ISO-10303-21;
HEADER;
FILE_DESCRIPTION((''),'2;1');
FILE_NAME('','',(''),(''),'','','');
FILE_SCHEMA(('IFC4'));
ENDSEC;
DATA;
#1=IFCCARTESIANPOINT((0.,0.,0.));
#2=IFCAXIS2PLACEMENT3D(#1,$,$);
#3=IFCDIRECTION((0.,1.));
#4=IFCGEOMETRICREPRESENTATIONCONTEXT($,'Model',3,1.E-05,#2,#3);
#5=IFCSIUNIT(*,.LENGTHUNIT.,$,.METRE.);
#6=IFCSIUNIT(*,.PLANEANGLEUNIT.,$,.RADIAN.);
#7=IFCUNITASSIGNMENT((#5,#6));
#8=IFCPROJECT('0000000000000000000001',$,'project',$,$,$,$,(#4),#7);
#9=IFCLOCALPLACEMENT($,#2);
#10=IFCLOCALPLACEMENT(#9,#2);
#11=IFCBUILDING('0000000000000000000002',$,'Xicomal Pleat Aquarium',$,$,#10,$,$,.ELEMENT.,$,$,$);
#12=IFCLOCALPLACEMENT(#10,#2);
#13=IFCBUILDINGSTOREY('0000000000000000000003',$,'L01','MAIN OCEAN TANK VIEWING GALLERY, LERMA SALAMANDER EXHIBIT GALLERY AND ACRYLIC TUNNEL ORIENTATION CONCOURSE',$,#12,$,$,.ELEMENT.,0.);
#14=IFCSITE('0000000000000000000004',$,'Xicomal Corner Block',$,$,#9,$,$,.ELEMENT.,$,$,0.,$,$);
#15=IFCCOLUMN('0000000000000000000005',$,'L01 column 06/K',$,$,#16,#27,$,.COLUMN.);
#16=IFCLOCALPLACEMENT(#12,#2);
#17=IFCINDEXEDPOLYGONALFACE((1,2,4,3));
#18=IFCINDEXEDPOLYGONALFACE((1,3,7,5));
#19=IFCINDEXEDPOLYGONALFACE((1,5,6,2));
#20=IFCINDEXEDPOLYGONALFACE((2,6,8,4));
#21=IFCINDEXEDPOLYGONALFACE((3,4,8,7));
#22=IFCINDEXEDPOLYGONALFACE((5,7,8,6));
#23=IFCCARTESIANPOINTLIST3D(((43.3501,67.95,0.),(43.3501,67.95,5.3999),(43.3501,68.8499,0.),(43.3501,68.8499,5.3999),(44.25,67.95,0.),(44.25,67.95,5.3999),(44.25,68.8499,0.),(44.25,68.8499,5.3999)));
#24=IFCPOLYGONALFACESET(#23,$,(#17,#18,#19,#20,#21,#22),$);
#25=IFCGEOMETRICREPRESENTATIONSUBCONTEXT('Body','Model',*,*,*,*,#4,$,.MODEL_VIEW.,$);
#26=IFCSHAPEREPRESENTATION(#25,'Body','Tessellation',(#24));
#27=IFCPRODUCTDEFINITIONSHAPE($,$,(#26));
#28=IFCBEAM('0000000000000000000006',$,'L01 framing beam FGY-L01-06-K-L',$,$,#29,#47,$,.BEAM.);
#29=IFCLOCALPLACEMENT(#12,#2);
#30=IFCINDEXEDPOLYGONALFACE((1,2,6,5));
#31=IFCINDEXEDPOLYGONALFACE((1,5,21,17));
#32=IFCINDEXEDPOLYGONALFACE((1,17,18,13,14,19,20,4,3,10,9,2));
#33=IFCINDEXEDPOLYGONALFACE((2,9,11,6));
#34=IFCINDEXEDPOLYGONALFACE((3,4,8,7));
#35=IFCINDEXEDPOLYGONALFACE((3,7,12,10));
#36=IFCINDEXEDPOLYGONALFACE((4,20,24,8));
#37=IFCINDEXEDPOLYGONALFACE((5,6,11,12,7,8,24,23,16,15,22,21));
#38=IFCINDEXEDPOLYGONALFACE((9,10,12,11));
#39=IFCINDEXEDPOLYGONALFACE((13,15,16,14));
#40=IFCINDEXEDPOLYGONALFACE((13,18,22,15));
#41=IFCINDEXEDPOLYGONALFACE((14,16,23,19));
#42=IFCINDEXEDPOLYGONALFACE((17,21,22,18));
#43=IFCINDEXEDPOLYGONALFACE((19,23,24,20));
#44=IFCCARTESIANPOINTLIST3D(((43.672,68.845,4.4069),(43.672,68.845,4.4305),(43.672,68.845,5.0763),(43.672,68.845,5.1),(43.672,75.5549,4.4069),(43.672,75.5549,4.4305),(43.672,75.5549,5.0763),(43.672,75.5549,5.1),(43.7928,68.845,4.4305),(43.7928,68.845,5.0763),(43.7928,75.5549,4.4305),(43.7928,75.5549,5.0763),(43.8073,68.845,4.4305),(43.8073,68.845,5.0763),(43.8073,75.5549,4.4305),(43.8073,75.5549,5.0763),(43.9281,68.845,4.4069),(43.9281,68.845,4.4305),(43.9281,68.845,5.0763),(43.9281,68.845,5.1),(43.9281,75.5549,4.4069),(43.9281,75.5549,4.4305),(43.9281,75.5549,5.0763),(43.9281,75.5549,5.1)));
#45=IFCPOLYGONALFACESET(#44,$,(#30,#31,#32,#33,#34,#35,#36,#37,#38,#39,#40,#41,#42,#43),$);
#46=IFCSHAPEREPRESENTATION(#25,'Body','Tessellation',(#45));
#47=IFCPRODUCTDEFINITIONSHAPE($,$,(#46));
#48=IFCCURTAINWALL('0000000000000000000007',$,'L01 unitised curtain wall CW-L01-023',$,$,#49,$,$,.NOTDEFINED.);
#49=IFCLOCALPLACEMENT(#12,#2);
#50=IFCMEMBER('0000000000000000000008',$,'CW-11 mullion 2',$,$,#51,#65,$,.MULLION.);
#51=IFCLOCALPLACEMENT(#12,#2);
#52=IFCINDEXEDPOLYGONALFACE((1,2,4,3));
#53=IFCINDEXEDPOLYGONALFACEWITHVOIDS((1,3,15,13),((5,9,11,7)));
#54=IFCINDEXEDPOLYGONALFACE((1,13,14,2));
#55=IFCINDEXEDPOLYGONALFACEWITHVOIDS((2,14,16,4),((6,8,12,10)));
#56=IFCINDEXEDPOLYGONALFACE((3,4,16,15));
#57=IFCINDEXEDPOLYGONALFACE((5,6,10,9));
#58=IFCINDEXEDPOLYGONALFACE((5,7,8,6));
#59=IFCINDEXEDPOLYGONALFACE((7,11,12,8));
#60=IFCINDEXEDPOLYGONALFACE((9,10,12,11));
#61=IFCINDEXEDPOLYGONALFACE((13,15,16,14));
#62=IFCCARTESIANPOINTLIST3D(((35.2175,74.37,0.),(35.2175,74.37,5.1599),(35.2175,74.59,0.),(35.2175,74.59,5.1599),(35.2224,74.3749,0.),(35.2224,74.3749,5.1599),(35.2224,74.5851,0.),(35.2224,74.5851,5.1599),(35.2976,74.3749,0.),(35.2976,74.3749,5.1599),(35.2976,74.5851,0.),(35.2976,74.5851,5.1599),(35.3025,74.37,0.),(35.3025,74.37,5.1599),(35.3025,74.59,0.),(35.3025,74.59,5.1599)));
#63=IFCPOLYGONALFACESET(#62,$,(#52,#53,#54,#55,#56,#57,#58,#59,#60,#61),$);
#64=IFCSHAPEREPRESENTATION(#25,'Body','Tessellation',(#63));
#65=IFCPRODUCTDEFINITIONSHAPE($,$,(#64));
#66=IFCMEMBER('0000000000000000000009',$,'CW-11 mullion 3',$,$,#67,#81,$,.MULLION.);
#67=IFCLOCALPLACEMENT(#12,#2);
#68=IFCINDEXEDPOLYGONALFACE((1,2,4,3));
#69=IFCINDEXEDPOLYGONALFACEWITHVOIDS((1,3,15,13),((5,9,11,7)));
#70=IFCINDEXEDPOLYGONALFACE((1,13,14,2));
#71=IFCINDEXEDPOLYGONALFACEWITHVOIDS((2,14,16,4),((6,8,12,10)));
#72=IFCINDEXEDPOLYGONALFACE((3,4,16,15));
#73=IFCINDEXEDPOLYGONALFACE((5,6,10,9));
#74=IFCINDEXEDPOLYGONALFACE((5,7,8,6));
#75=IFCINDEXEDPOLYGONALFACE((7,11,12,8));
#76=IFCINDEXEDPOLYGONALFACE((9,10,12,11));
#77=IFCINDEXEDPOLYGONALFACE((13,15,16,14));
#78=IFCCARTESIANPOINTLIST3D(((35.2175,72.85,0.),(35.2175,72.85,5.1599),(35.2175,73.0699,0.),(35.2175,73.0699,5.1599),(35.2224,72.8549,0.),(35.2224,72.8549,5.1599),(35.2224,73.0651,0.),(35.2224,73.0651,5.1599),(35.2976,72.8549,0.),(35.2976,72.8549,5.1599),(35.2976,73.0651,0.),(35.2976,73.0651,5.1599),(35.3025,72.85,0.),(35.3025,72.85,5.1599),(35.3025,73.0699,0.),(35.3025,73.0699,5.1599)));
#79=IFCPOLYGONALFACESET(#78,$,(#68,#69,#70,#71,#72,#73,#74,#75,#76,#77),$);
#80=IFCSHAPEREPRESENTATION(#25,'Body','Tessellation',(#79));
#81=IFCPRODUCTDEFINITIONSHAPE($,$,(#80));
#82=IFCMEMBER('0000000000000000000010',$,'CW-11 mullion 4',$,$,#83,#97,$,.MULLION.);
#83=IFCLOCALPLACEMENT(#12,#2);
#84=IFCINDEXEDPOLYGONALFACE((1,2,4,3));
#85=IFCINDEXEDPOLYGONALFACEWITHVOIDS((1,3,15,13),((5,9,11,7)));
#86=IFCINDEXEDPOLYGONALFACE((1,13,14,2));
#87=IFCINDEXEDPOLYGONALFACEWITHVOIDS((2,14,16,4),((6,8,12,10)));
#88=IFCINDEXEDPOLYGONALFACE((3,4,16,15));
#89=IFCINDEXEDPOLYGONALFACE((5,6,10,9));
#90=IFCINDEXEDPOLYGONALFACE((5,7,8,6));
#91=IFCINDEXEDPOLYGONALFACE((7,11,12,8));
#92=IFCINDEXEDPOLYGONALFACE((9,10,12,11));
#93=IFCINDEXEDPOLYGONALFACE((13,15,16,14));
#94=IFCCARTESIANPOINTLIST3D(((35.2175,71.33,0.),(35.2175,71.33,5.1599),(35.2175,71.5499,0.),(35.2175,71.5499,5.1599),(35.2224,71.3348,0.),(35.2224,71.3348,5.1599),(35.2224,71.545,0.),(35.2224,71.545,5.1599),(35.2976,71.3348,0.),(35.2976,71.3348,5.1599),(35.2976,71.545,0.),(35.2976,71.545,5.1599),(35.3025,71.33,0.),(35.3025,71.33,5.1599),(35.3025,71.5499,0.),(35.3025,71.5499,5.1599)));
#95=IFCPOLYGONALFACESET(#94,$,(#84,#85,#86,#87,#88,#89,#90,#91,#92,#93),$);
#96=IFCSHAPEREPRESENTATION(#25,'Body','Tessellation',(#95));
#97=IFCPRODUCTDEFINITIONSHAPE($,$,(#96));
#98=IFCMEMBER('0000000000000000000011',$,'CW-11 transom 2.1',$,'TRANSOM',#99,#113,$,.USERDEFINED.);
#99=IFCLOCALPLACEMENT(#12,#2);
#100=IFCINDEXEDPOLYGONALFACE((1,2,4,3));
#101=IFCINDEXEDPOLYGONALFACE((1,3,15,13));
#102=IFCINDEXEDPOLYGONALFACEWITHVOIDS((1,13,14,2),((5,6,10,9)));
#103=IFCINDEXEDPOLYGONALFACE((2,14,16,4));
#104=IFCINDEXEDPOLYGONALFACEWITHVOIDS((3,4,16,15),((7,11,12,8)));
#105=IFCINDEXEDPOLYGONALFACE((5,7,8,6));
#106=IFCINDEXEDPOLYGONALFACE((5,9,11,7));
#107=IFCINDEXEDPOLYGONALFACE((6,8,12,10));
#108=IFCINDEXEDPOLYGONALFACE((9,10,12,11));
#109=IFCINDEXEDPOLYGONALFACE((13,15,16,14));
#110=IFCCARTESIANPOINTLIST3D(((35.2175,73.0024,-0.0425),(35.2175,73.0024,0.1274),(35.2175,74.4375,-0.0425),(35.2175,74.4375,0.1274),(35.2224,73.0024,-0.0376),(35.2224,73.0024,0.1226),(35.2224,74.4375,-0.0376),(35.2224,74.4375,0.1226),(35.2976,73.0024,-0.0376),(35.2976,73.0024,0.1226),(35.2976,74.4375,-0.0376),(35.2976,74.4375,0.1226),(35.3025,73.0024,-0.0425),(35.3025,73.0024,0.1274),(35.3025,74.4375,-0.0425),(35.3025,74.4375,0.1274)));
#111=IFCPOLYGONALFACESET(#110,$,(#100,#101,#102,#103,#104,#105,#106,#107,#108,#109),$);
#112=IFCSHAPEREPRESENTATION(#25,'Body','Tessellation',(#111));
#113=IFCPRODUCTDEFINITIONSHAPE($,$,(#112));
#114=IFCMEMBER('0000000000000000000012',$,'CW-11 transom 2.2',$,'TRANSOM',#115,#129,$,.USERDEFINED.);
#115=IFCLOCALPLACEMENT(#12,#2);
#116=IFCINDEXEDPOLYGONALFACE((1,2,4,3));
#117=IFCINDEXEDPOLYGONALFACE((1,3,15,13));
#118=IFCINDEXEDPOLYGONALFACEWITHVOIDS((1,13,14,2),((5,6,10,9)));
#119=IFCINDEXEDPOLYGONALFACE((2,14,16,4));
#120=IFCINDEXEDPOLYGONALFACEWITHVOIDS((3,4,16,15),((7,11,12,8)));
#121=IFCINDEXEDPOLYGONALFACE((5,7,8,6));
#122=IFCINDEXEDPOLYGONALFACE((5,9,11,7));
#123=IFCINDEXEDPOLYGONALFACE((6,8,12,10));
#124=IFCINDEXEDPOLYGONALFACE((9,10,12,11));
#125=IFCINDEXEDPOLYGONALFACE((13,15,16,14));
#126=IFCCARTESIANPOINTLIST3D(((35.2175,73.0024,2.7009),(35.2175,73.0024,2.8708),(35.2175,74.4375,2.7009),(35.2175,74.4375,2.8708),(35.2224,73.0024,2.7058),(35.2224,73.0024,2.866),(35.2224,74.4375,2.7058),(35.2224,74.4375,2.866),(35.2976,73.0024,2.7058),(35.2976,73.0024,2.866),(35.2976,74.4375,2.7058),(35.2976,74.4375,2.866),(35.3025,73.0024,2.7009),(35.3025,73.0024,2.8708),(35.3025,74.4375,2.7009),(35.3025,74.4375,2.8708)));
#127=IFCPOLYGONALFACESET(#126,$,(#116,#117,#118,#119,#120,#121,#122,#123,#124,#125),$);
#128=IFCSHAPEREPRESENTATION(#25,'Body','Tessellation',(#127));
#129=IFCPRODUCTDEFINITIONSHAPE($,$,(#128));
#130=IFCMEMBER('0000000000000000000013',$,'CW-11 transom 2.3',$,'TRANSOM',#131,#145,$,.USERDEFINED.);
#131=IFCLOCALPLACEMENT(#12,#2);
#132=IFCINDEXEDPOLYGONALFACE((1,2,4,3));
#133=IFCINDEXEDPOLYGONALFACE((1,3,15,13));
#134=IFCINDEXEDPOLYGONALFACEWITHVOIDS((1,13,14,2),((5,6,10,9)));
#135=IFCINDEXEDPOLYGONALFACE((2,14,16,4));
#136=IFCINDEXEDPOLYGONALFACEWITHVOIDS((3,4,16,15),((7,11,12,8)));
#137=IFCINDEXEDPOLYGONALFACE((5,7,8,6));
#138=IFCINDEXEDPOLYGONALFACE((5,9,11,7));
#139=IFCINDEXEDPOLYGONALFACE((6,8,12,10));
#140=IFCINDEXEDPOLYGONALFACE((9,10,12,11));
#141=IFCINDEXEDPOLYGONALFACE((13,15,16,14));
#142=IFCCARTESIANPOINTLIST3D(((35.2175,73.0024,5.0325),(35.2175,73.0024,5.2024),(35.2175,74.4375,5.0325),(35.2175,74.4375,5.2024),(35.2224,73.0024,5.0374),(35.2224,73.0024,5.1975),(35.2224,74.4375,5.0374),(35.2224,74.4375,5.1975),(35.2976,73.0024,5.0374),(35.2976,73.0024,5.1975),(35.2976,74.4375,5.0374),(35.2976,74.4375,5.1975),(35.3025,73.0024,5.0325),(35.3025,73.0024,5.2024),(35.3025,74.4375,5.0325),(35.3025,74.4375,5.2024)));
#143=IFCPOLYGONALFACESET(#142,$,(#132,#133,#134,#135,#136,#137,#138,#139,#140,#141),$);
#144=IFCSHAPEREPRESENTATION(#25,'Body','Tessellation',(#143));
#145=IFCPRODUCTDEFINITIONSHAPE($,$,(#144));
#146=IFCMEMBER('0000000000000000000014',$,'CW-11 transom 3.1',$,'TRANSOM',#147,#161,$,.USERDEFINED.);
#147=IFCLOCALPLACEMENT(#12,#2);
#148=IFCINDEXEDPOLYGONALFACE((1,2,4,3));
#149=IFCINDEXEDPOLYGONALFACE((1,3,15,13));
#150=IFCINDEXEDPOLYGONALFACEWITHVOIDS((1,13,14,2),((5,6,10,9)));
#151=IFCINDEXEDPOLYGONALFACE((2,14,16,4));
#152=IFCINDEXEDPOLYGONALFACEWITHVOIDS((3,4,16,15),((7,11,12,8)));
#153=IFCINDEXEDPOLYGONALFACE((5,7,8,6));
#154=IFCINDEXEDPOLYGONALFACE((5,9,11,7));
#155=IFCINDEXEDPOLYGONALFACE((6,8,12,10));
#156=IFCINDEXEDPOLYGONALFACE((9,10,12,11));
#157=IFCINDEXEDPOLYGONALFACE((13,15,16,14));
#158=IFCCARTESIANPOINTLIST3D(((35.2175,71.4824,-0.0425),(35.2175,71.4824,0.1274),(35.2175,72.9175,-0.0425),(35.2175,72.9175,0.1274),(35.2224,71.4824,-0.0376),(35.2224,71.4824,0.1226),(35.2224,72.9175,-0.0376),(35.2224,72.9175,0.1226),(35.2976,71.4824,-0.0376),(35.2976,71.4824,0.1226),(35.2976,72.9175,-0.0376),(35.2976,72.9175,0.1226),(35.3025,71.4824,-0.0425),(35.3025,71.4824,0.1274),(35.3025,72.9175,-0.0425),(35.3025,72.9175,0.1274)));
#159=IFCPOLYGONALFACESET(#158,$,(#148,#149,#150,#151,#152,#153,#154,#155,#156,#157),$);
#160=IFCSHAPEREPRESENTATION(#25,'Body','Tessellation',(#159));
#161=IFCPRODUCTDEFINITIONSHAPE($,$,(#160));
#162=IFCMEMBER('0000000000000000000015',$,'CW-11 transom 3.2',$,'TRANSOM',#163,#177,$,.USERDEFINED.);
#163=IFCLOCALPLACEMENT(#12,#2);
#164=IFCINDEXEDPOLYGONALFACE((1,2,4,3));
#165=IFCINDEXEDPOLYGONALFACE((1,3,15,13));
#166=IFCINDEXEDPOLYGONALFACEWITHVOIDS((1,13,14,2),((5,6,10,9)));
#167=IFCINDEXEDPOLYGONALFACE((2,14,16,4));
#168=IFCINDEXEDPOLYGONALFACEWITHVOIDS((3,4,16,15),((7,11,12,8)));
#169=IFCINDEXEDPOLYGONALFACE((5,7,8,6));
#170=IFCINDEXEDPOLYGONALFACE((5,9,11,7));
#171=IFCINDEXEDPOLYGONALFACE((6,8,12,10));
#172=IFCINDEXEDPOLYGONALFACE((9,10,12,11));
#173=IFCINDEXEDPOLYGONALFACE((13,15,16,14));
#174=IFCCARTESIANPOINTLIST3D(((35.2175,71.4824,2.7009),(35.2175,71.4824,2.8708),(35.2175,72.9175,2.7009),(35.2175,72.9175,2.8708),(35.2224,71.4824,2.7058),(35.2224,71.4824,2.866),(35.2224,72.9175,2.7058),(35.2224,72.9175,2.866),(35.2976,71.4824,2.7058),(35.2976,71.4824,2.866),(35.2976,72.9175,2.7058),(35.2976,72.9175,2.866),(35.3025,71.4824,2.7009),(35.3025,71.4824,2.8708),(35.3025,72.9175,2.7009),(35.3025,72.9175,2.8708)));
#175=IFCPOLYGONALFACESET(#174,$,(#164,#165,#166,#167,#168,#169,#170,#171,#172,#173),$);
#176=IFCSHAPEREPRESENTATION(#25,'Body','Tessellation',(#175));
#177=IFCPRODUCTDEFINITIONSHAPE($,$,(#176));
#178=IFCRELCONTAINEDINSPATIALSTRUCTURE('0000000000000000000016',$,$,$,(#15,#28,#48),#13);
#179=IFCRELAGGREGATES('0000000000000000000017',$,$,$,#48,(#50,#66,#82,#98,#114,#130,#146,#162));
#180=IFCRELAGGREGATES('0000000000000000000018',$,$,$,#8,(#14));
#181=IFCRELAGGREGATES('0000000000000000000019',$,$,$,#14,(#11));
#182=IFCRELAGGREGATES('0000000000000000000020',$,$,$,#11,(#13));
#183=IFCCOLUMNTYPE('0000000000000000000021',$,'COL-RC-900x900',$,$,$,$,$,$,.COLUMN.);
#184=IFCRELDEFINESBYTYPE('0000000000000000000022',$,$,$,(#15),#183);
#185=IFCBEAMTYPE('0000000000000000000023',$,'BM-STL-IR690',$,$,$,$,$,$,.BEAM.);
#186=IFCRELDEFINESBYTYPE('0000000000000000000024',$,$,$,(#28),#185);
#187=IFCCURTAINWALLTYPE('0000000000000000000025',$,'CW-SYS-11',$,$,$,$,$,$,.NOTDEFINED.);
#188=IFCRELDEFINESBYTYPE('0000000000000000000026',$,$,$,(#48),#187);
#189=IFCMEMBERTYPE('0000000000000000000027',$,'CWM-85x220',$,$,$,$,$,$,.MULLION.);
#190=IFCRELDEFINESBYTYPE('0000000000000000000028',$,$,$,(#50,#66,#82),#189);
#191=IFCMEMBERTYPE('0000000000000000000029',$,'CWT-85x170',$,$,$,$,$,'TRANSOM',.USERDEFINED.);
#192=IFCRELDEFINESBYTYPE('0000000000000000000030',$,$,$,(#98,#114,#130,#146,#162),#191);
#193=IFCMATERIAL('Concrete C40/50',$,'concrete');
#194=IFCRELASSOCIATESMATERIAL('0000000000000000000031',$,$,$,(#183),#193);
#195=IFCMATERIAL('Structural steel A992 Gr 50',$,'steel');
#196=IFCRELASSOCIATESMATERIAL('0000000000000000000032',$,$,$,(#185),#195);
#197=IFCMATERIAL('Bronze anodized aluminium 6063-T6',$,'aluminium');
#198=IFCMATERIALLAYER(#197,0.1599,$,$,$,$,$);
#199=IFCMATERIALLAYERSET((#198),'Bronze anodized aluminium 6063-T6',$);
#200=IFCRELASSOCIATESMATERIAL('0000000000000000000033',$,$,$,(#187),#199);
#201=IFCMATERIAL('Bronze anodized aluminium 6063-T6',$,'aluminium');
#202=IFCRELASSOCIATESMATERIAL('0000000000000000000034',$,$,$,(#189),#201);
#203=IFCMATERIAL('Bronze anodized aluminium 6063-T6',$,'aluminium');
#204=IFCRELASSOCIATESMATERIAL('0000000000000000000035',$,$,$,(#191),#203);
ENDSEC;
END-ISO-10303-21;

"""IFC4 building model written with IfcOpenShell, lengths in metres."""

from ifc_helpers import new_model, si_unit, direction, frame, origin, origin_2d, place, context, subcontext, project, spatial, rectangle, hollow_rectangle, i_section, extrude, material, layer, layer_set, material_profile, profile_set, type_object, element, aggregate, save


model = new_model("IFC4")

# Units and contexts
model_context = context("Model", 3, precision=1e-05, world=origin(), true_north=direction((0.0, 1.0)))
body_context = subcontext(model_context, "Body", "Model", "MODEL_VIEW")
ifc_project = project(units=[si_unit("LENGTHUNIT", "METRE"), si_unit("PLANEANGLEUNIT", "RADIAN")], contexts=[model_context])

# Site, building, storey
site_placement = place(None, origin())
site = spatial("IfcSite", under=ifc_project, at=site_placement, Name="Xicomal Corner Block", CompositionType="ELEMENT", RefElevation=0.0)
building_placement = place(site_placement, origin())
building = spatial("IfcBuilding", under=site, at=building_placement, Name="Xicomal Pleat Aquarium", CompositionType="ELEMENT")
storey_placement = place(building_placement, origin())
storey = spatial("IfcBuildingStorey", under=building, at=storey_placement, Name="L01", Description="MAIN OCEAN TANK VIEWING GALLERY, LERMA SALAMANDER EXHIBIT GALLERY AND ACRYLIC TUNNEL ORIENTATION CONCOURSE", CompositionType="ELEMENT", Elevation=0.0)

# Column
ifc_material_1 = material(Name="Concrete C40/50", Category="concrete")
ifc_material_profile_1 = material_profile(ifc_material_1, rectangle(XDim=0.8999, YDim=0.8999, at=origin_2d()), Name="RC 900x900")
ifc_profile_set_1 = profile_set([ifc_material_profile_1], Name="Concrete C40/50")
column_type = type_object("IfcColumnType", Name="COL-RC-900x900", PredefinedType="COLUMN", material=ifc_profile_set_1)
column_placement = place(storey_placement, frame((43.8, 68.3999, 0.0), z_axis=(0.0, 0.0, 1.0), x_axis=(1.0, 0.0, 0.0)))
element("IfcColumn", 1, at=column_placement, inside=storey, type_object=column_type, Name="L01 column 06/K", PredefinedType="COLUMN", context=body_context, shape_type="SweptSolid", body=[
    extrude(rectangle(XDim=0.8999, YDim=0.8999, at=origin_2d()), origin(), (0.0, 0.0, 1.0), 5.3999),
])

# Beam
ifc_material_2 = material(Name="Structural steel A992 Gr 50", Category="steel")
ifc_material_profile_2 = material_profile(ifc_material_2, i_section(OverallWidth=0.2561, OverallDepth=0.6931, WebThickness=0.0144, FlangeThickness=0.0237, at=origin_2d()), Name="IR 690x170")
ifc_profile_set_2 = profile_set([ifc_material_profile_2], Name="Structural steel A992 Gr 50")
beam_type = type_object("IfcBeamType", Name="BM-STL-IR690", PredefinedType="BEAM", material=ifc_profile_set_2)
beam_placement = place(storey_placement, frame((43.8, 68.845, 4.7534), z_axis=(0.0, 1.0, 0.0), x_axis=(-1.0, 0.0, 0.0)))
element("IfcBeam", 2, at=beam_placement, inside=storey, type_object=beam_type, Name="L01 framing beam FGY-L01-06-K-L", PredefinedType="BEAM", context=body_context, shape_type="SweptSolid", body=[
    extrude(i_section(OverallWidth=0.2561, OverallDepth=0.6931, WebThickness=0.0144, FlangeThickness=0.0237, at=origin_2d()), origin(), (0.0, 0.0, 1.0), 6.71),
])

# Curtain wall, members
ifc_material_3 = material(Name="Bronze anodized aluminium 6063-T6", Category="aluminium")
ifc_layer_1 = layer(ifc_material_3, 0.1599)
ifc_layer_set_1 = layer_set([ifc_layer_1], Name="Bronze anodized aluminium 6063-T6")
curtain_wall_type = type_object("IfcCurtainWallType", Name="CW-SYS-11", PredefinedType="NOTDEFINED", material=ifc_layer_set_1)
curtain_wall_placement = place(storey_placement, origin())
curtain_wall = element("IfcCurtainWall", 3, at=curtain_wall_placement, inside=storey, type_object=curtain_wall_type, Name="L01 unitised curtain wall CW-L01-023", PredefinedType="NOTDEFINED")
ifc_material_4 = material(Name="Bronze anodized aluminium 6063-T6", Category="aluminium")
ifc_material_profile_3 = material_profile(ifc_material_4, hollow_rectangle(XDim=0.085, YDim=0.22, WallThickness=0.0049, at=origin_2d()), Name="ALU MULL 85x220")
ifc_profile_set_3 = profile_set([ifc_material_profile_3], Name="Bronze anodized aluminium 6063-T6")
member_type_1 = type_object("IfcMemberType", Name="CWM-85x220", PredefinedType="MULLION", material=ifc_profile_set_3)
member_1_placement = place(storey_placement, frame((35.26, 74.48, 0.0), z_axis=(0.0, 0.0, 1.0), x_axis=(1.0, 0.0, 0.0)))
member_1 = element("IfcMember", 4, at=member_1_placement, type_object=member_type_1, Name="CW-11 mullion 2", PredefinedType="MULLION", context=body_context, shape_type="SweptSolid", body=[
    extrude(hollow_rectangle(XDim=0.085, YDim=0.22, WallThickness=0.0049, at=origin_2d()), origin(), (0.0, 0.0, 1.0), 5.1599),
])
member_2_placement = place(storey_placement, frame((35.26, 72.96, 0.0), z_axis=(0.0, 0.0, 1.0), x_axis=(1.0, 0.0, 0.0)))
member_2 = element("IfcMember", 5, at=member_2_placement, type_object=member_type_1, Name="CW-11 mullion 3", PredefinedType="MULLION", context=body_context, shape_type="SweptSolid", body=[
    extrude(hollow_rectangle(XDim=0.085, YDim=0.22, WallThickness=0.0049, at=origin_2d()), origin(), (0.0, 0.0, 1.0), 5.1599),
])
member_3_placement = place(storey_placement, frame((35.26, 71.4399, 0.0), z_axis=(0.0, 0.0, 1.0), x_axis=(1.0, 0.0, 0.0)))
member_3 = element("IfcMember", 6, at=member_3_placement, type_object=member_type_1, Name="CW-11 mullion 4", PredefinedType="MULLION", context=body_context, shape_type="SweptSolid", body=[
    extrude(hollow_rectangle(XDim=0.085, YDim=0.22, WallThickness=0.0049, at=origin_2d()), origin(), (0.0, 0.0, 1.0), 5.1599),
])
ifc_material_5 = material(Name="Bronze anodized aluminium 6063-T6", Category="aluminium")
ifc_material_profile_4 = material_profile(ifc_material_5, hollow_rectangle(XDim=0.085, YDim=0.1699, WallThickness=0.0049, at=origin_2d()), Name="ALU TRAN 85x170")
ifc_profile_set_4 = profile_set([ifc_material_profile_4], Name="Bronze anodized aluminium 6063-T6")
member_type_2 = type_object("IfcMemberType", Name="CWT-85x170", ElementType="TRANSOM", PredefinedType="USERDEFINED", material=ifc_profile_set_4)
member_4_placement = place(storey_placement, frame((35.26, 74.4375, 0.0425), z_axis=(0.0, -1.0, 0.0), x_axis=(1.0, 0.0, 0.0)))
member_4 = element("IfcMember", 7, at=member_4_placement, type_object=member_type_2, Name="CW-11 transom 2.1", ObjectType="TRANSOM", PredefinedType="USERDEFINED", context=body_context, shape_type="SweptSolid", body=[
    extrude(hollow_rectangle(XDim=0.085, YDim=0.1699, WallThickness=0.0049, at=origin_2d()), origin(), (0.0, 0.0, 1.0), 1.4351),
])
member_5_placement = place(storey_placement, frame((35.26, 74.4375, 2.7859), z_axis=(0.0, -1.0, 0.0), x_axis=(1.0, 0.0, 0.0)))
member_5 = element("IfcMember", 8, at=member_5_placement, type_object=member_type_2, Name="CW-11 transom 2.2", ObjectType="TRANSOM", PredefinedType="USERDEFINED", context=body_context, shape_type="SweptSolid", body=[
    extrude(hollow_rectangle(XDim=0.085, YDim=0.1699, WallThickness=0.0049, at=origin_2d()), origin(), (0.0, 0.0, 1.0), 1.4351),
])
member_6_placement = place(storey_placement, frame((35.26, 74.4375, 5.1174), z_axis=(0.0, -1.0, 0.0), x_axis=(1.0, 0.0, 0.0)))
member_6 = element("IfcMember", 9, at=member_6_placement, type_object=member_type_2, Name="CW-11 transom 2.3", ObjectType="TRANSOM", PredefinedType="USERDEFINED", context=body_context, shape_type="SweptSolid", body=[
    extrude(hollow_rectangle(XDim=0.085, YDim=0.1699, WallThickness=0.0049, at=origin_2d()), origin(), (0.0, 0.0, 1.0), 1.4351),
])
member_7_placement = place(storey_placement, frame((35.26, 72.9175, 0.0425), z_axis=(0.0, -1.0, 0.0), x_axis=(1.0, 0.0, 0.0)))
member_7 = element("IfcMember", 10, at=member_7_placement, type_object=member_type_2, Name="CW-11 transom 3.1", ObjectType="TRANSOM", PredefinedType="USERDEFINED", context=body_context, shape_type="SweptSolid", body=[
    extrude(hollow_rectangle(XDim=0.085, YDim=0.1699, WallThickness=0.0049, at=origin_2d()), origin(), (0.0, 0.0, 1.0), 1.4351),
])
member_8_placement = place(storey_placement, frame((35.26, 72.9175, 2.7859), z_axis=(0.0, -1.0, 0.0), x_axis=(1.0, 0.0, 0.0)))
member_8 = element("IfcMember", 11, at=member_8_placement, type_object=member_type_2, Name="CW-11 transom 3.2", ObjectType="TRANSOM", PredefinedType="USERDEFINED", context=body_context, shape_type="SweptSolid", body=[
    extrude(hollow_rectangle(XDim=0.085, YDim=0.1699, WallThickness=0.0049, at=origin_2d()), origin(), (0.0, 0.0, 1.0), 1.4351),
])
aggregate(curtain_wall, [member_1, member_2, member_3, member_4, member_5, member_6, member_7, member_8])

save(model, "model.ifc")
